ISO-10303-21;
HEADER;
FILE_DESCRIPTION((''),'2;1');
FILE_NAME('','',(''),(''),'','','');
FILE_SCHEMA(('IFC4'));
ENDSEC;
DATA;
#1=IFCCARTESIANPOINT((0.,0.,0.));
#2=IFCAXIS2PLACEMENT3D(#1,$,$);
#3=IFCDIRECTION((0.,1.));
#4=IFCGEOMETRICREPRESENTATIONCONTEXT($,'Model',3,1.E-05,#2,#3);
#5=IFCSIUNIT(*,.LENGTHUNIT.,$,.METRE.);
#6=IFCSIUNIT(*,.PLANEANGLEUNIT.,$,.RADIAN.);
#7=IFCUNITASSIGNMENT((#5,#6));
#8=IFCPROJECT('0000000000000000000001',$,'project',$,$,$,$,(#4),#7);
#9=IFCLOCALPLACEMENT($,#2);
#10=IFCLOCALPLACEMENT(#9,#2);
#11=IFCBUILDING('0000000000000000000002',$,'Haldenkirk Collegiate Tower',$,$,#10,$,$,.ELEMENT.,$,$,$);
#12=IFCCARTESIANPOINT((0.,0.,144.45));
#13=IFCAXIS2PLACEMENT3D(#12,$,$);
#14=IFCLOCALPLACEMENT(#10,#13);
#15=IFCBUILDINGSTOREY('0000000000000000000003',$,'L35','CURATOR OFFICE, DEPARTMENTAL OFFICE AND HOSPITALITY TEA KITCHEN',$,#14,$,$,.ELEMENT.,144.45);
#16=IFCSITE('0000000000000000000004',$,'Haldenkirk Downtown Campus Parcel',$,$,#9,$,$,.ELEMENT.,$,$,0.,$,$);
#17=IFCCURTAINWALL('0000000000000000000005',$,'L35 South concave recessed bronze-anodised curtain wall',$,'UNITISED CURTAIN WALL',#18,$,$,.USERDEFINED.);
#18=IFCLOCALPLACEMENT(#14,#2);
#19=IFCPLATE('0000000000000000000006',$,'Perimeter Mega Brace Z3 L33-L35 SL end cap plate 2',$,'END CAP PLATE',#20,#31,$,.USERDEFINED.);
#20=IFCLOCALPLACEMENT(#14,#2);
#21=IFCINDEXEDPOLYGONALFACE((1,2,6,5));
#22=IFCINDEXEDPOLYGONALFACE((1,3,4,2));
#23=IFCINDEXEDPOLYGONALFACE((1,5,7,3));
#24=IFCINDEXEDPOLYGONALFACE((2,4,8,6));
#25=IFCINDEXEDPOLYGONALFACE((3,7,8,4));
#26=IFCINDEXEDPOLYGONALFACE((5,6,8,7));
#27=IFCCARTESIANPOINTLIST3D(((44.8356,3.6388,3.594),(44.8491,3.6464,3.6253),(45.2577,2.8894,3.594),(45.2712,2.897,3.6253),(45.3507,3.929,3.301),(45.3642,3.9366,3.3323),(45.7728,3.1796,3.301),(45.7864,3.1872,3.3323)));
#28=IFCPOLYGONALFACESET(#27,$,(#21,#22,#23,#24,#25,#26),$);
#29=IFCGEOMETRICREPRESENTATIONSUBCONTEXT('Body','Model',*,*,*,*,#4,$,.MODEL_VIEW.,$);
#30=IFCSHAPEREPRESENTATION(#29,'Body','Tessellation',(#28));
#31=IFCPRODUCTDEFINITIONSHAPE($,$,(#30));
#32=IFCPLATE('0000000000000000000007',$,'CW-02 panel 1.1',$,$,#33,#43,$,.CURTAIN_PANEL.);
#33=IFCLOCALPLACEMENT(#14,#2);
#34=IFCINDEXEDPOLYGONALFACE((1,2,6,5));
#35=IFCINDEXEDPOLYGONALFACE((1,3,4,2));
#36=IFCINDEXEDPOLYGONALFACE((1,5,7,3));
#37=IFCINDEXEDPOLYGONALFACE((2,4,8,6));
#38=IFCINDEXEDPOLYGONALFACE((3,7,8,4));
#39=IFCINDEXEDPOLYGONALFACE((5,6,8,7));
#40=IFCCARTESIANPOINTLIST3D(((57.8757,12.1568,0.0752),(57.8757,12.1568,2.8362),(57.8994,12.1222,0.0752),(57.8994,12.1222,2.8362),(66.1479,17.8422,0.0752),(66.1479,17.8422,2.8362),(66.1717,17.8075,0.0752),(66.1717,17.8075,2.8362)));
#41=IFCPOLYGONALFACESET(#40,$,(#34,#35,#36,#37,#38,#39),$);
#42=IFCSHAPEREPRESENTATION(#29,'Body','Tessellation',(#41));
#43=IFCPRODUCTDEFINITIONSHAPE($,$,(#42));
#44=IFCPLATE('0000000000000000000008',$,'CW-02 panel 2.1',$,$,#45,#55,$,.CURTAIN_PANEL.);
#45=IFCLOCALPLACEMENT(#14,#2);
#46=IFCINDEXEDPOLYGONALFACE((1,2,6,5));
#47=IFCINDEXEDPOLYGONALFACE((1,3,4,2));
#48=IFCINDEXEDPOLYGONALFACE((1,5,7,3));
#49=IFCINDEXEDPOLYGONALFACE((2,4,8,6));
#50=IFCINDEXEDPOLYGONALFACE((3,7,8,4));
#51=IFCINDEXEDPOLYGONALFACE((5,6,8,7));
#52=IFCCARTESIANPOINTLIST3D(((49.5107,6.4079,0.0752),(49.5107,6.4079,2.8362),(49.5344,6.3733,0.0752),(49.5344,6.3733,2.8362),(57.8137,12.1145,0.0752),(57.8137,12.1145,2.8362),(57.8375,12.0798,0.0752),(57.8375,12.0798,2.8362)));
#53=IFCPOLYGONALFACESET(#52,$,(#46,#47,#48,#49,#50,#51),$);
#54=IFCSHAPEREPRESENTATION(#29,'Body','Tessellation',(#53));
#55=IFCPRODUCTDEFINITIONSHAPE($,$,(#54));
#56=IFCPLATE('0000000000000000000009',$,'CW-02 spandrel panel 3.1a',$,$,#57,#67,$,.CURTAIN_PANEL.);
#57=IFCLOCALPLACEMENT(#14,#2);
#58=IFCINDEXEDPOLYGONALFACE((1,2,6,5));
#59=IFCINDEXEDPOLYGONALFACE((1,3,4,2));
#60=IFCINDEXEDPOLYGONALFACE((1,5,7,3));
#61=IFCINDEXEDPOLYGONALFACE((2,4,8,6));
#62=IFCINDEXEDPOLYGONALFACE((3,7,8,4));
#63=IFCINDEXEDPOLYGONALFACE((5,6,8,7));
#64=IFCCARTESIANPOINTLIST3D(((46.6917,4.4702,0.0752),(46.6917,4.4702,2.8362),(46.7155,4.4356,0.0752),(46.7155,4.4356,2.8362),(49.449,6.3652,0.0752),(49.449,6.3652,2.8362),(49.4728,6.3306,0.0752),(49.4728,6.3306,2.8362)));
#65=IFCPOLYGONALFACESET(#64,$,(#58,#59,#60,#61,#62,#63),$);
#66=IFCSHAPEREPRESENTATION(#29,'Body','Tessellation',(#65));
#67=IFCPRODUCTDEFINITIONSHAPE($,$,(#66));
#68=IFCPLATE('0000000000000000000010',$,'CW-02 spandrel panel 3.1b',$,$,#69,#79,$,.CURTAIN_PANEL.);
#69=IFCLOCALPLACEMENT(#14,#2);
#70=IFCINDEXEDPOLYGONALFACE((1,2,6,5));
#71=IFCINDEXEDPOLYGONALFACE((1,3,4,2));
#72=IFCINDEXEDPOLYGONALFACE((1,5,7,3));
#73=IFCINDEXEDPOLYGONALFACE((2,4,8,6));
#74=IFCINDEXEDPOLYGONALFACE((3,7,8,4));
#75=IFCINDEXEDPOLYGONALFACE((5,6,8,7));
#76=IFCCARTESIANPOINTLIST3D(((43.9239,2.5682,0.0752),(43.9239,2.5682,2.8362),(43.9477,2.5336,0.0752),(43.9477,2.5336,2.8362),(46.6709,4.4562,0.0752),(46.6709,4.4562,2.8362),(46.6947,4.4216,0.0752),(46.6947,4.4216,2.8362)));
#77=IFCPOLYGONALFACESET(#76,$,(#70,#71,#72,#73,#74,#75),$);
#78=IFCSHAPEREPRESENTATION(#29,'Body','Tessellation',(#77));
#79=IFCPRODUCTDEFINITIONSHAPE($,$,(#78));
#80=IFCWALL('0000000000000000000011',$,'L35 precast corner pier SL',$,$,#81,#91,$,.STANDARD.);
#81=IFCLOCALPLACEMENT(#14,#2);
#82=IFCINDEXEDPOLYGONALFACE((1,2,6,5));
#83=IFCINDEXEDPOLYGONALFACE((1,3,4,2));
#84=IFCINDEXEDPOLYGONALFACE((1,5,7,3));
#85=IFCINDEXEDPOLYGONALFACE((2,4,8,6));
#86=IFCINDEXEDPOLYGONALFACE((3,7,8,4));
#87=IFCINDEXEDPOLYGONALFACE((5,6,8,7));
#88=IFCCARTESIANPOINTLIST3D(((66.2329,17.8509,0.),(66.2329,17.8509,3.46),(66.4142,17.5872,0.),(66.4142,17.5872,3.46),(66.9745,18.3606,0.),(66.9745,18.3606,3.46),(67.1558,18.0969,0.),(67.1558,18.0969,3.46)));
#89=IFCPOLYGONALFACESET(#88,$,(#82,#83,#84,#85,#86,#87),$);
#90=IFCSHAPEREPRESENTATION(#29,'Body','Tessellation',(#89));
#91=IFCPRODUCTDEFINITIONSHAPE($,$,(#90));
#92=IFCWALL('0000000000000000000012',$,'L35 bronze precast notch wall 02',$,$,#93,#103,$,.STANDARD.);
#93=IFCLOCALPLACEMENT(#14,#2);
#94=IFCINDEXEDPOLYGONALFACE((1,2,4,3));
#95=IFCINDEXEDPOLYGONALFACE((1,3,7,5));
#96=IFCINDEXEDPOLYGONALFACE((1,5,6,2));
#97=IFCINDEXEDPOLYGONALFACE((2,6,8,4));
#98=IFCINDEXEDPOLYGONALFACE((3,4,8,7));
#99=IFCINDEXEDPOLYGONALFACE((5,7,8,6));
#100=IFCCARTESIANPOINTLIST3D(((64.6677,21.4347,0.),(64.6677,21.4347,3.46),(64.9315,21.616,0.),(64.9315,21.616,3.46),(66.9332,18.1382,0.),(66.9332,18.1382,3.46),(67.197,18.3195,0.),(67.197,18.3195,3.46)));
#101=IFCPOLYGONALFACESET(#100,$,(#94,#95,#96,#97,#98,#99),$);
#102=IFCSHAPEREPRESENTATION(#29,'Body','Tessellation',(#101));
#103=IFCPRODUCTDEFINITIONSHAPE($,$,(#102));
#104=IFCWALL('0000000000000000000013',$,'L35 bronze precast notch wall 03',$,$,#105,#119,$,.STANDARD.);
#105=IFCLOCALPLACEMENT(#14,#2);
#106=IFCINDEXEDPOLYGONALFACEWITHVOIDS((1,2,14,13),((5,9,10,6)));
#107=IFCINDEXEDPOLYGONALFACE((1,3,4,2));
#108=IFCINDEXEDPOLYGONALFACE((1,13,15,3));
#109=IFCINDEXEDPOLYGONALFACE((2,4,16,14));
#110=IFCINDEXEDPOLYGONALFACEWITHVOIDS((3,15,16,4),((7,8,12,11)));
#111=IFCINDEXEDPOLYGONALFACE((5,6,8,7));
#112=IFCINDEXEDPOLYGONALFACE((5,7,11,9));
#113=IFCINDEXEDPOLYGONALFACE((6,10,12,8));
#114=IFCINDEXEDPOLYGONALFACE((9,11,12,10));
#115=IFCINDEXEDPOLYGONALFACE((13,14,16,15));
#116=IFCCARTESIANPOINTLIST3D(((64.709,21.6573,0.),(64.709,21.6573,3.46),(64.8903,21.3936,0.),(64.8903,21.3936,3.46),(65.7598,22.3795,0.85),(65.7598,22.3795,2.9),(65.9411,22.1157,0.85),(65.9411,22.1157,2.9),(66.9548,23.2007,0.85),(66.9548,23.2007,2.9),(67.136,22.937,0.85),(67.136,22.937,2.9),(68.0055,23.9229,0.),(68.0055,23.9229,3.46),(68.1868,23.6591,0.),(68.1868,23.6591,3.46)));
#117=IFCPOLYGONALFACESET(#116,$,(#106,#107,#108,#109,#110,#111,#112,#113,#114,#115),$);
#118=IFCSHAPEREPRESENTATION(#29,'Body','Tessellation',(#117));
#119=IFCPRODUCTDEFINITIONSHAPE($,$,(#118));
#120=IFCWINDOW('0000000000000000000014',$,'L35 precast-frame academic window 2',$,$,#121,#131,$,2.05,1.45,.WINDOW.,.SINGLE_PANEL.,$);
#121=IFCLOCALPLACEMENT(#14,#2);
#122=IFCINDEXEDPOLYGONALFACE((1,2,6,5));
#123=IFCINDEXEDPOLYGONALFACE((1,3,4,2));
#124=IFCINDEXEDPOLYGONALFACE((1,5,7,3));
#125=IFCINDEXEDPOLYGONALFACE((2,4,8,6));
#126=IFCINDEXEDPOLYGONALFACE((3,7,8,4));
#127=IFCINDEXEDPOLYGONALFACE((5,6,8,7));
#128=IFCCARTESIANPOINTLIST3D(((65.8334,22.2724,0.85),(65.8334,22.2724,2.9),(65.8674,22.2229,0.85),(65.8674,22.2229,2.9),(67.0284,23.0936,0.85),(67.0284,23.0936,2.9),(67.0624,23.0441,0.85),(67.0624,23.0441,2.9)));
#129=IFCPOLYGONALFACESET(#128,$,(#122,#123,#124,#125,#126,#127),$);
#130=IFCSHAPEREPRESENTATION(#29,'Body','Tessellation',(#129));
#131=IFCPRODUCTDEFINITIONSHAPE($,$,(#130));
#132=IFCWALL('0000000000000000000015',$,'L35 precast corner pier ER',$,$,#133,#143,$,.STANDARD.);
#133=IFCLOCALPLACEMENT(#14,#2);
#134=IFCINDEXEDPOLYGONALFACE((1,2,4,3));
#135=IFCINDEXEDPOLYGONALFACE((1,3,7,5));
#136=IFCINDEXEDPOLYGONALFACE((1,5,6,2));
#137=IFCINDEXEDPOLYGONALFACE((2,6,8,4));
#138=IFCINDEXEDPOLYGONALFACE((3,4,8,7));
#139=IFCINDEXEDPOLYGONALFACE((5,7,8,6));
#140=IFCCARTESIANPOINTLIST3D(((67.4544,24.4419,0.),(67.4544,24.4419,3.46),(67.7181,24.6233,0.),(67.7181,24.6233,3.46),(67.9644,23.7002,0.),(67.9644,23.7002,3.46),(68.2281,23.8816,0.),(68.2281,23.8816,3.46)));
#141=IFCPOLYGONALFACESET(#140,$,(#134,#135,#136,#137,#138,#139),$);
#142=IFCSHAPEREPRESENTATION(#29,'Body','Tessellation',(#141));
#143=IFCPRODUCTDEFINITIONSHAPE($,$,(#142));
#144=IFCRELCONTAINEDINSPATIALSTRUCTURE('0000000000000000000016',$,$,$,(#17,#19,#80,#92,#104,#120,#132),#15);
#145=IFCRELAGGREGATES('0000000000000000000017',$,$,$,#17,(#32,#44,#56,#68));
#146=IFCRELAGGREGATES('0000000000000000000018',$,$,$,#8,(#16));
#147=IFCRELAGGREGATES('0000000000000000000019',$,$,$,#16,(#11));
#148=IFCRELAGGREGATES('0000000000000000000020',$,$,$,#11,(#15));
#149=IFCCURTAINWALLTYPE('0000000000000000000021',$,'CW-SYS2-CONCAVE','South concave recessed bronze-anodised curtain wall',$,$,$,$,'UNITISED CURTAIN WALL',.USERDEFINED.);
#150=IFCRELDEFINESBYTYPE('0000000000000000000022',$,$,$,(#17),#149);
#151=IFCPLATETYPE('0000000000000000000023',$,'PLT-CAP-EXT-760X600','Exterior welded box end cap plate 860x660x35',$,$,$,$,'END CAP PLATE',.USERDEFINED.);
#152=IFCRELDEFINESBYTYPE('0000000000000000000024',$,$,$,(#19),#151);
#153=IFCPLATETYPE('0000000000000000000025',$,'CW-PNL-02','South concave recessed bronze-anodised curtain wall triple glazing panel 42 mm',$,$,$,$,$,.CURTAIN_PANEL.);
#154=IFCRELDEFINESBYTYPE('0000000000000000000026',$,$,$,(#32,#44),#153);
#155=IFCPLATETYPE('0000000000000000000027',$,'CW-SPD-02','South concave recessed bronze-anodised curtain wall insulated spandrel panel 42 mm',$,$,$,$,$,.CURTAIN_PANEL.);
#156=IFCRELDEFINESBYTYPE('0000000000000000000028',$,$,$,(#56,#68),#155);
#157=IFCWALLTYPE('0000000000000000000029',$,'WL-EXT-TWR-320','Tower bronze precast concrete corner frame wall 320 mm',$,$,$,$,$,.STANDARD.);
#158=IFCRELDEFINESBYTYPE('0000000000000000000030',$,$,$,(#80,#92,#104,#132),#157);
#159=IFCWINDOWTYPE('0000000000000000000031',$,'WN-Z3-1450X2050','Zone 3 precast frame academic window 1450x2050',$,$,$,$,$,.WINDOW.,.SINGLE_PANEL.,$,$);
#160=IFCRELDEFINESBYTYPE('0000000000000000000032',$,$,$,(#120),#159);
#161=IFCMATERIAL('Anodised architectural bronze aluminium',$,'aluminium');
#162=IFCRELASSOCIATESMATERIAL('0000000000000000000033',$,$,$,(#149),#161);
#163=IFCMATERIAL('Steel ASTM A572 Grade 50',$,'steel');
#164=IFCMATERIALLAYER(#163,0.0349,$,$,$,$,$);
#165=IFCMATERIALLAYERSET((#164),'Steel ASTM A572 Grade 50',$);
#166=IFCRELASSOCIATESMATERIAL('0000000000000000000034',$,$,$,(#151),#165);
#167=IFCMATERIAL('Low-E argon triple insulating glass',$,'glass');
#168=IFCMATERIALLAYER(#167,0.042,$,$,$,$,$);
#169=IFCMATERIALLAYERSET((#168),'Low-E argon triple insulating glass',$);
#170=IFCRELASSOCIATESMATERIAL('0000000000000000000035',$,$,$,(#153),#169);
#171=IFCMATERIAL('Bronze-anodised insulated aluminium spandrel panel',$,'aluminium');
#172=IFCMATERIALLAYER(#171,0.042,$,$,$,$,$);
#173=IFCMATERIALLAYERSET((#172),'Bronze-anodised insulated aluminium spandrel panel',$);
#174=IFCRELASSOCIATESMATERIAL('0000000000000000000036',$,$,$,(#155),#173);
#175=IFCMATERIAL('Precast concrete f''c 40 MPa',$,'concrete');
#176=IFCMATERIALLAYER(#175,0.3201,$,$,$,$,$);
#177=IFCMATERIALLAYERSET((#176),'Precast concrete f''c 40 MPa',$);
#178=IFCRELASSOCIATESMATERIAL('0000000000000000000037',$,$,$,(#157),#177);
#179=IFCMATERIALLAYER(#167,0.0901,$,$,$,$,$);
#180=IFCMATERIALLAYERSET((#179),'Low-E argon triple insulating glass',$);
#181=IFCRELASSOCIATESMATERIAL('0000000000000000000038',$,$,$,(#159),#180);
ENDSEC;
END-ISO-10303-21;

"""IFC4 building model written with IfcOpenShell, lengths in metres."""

from ifc_helpers import new_model, si_unit, direction, frame, frame_2d, origin, origin_2d, place, context, subcontext, project, spatial, rectangle, extrude, source, transform, mapped, material, layer, layer_set, type_object, element, fill, aggregate, save


model = new_model("IFC4")

# Units and contexts
model_context = context("Model", 3, precision=1e-05, world=origin(), true_north=direction((0.0, 1.0)))
body_context = subcontext(model_context, "Body", "Model", "MODEL_VIEW")
ifc_project = project(units=[si_unit("LENGTHUNIT", "METRE"), si_unit("PLANEANGLEUNIT", "RADIAN")], contexts=[model_context])

# Site, building, storey
site_placement = place(None, origin())
site = spatial("IfcSite", under=ifc_project, at=site_placement, Name="Haldenkirk Downtown Campus Parcel", CompositionType="ELEMENT", RefElevation=0.0)
building_placement = place(site_placement, origin())
building = spatial("IfcBuilding", under=site, at=building_placement, Name="Haldenkirk Collegiate Tower", CompositionType="ELEMENT")
storey_placement = place(building_placement, frame((0.0, 0.0, 144.45)))
storey = spatial("IfcBuildingStorey", under=building, at=storey_placement, Name="L35", Description="CURATOR OFFICE, DEPARTMENTAL OFFICE AND HOSPITALITY TEA KITCHEN", CompositionType="ELEMENT", Elevation=144.45)

# Shared definitions
ifc_material_1 = material(Name="Steel ASTM A572 Grade 50", Category="steel")

# Curtain wall
ifc_material_2 = material(Name="Anodised architectural bronze aluminium", Category="aluminium")
curtain_wall_type_1 = type_object("IfcCurtainWallType", Name="CW-SYS2-CONCAVE", Description="South concave recessed bronze-anodised curtain wall", ElementType="UNITISED CURTAIN WALL", PredefinedType="USERDEFINED", material=ifc_material_2)
curtain_wall_1_placement = place(storey_placement, origin())
curtain_wall_1 = element("IfcCurtainWall", 1, at=curtain_wall_1_placement, inside=storey, type_object=curtain_wall_type_1, Name="L35 South concave recessed bronze-anodised curtain wall", ObjectType="UNITISED CURTAIN WALL", PredefinedType="USERDEFINED")

# Plates
ifc_layer_1 = layer(ifc_material_1, 0.0349)
ifc_layer_set_1 = layer_set([ifc_layer_1], Name="Steel ASTM A572 Grade 50")
plate_type_1 = type_object("IfcPlateType", Name="PLT-CAP-EXT-760X600", Description="Exterior welded box end cap plate 860x660x35", ElementType="END CAP PLATE", PredefinedType="USERDEFINED", material=ifc_layer_set_1)
shared_shape_1 = source(origin(), body_context, "Body", "SweptSolid", [
    extrude(rectangle(XDim=0.8601, YDim=0.6599, at=origin_2d()), origin(), (0.0, 0.0, 1.0), 0.0349),
])
plate_1_placement = place(storey_placement, frame((45.3042, 3.4092, 3.4475), z_axis=(0.386889, 0.217913, 0.896008), x_axis=(-0.490753, 0.871299, 0.0)))
element("IfcPlate", 2, at=plate_1_placement, inside=storey, type_object=plate_type_1, Name="Perimeter Mega Brace Z3 L33-L35 SL end cap plate 2", ObjectType="END CAP PLATE", PredefinedType="USERDEFINED", context=body_context, shape_type="MappedRepresentation", body=[
    mapped(shared_shape_1, transform((0.0, 0.0, 0.0), x_axis=(1.0, 0.0, 0.0), y_axis=(0.0, 1.0, 0.0), z_axis=(0.0, 0.0, 1.0), scale=1.0)),
])
ifc_material_3 = material(Name="Low-E argon triple insulating glass", Category="glass")
ifc_layer_2 = layer(ifc_material_3, 0.042)
ifc_layer_set_2 = layer_set([ifc_layer_2], Name="Low-E argon triple insulating glass")
plate_type_2 = type_object("IfcPlateType", Name="CW-PNL-02", Description="South concave recessed bronze-anodised curtain wall triple glazing panel 42 mm", PredefinedType="CURTAIN_PANEL", material=ifc_layer_set_2)
shared_shape_2 = source(origin(), body_context, "Body", "SweptSolid", [
    extrude(rectangle(XDim=10.0376, YDim=0.042, at=origin_2d()), origin(), (0.0, 0.0, 1.0), 2.761),
])
plate_2_placement = place(storey_placement, frame((62.0237, 14.9822, 0.0752), z_axis=(0.0, 0.0, 1.0), x_axis=(-0.824127, -0.566405, 0.0)))
plate_2 = element("IfcPlate", 3, at=plate_2_placement, type_object=plate_type_2, Name="CW-02 panel 1.1", PredefinedType="CURTAIN_PANEL", context=body_context, shape_type="MappedRepresentation", body=[
    mapped(shared_shape_2, transform((0.0, 0.0, 0.0), x_axis=(1.0, 0.0, 0.0), y_axis=(0.0, 1.0, 0.0), z_axis=(0.0, 0.0, 1.0), scale=1.0)),
])
shared_shape_3 = source(origin(), body_context, "Body", "SweptSolid", [
    extrude(rectangle(XDim=10.075, YDim=0.042, at=origin_2d()), origin(), (0.0, 0.0, 1.0), 2.761),
])
plate_3_placement = place(storey_placement, frame((53.6741, 9.2439, 0.0752), z_axis=(0.0, 0.0, 1.0), x_axis=(-0.824127, -0.566405, 0.0)))
plate_3 = element("IfcPlate", 4, at=plate_3_placement, type_object=plate_type_2, Name="CW-02 panel 2.1", PredefinedType="CURTAIN_PANEL", context=body_context, shape_type="MappedRepresentation", body=[
    mapped(shared_shape_3, transform((0.0, 0.0, 0.0), x_axis=(1.0, 0.0, 0.0), y_axis=(0.0, 1.0, 0.0), z_axis=(0.0, 0.0, 1.0), scale=1.0)),
])
ifc_material_4 = material(Name="Bronze-anodised insulated aluminium spandrel panel", Category="aluminium")
ifc_layer_3 = layer(ifc_material_4, 0.042)
ifc_layer_set_3 = layer_set([ifc_layer_3], Name="Bronze-anodised insulated aluminium spandrel panel")
plate_type_3 = type_object("IfcPlateType", Name="CW-SPD-02", Description="South concave recessed bronze-anodised curtain wall insulated spandrel panel 42 mm", PredefinedType="CURTAIN_PANEL", material=ifc_layer_set_3)
shared_shape_4 = source(origin(), body_context, "Body", "SweptSolid", [
    extrude(rectangle(XDim=3.3457, YDim=0.042, at=origin_2d()), origin(), (0.0, 0.0, 1.0), 2.761),
])
plate_4_placement = place(storey_placement, frame((48.0823, 5.4004, 0.0752), z_axis=(0.0, 0.0, 1.0), x_axis=(-0.824127, -0.566405, 0.0)))
plate_4 = element("IfcPlate", 5, at=plate_4_placement, type_object=plate_type_3, Name="CW-02 spandrel panel 3.1a", PredefinedType="CURTAIN_PANEL", context=body_context, shape_type="MappedRepresentation", body=[
    mapped(shared_shape_4, transform((0.0, 0.0, 0.0), x_axis=(1.0, 0.0, 0.0), y_axis=(0.0, 1.0, 0.0), z_axis=(0.0, 0.0, 1.0), scale=1.0)),
])
shared_shape_5 = source(origin(), body_context, "Body", "SweptSolid", [
    extrude(rectangle(XDim=3.3333, YDim=0.042, at=origin_2d()), origin(), (0.0, 0.0, 1.0), 2.761),
])
plate_5_placement = place(storey_placement, frame((45.3093, 3.4949, 0.0752), z_axis=(0.0, 0.0, 1.0), x_axis=(-0.824127, -0.566405, 0.0)))
plate_5 = element("IfcPlate", 6, at=plate_5_placement, type_object=plate_type_3, Name="CW-02 spandrel panel 3.1b", PredefinedType="CURTAIN_PANEL", context=body_context, shape_type="MappedRepresentation", body=[
    mapped(shared_shape_5, transform((0.0, 0.0, 0.0), x_axis=(1.0, 0.0, 0.0), y_axis=(0.0, 1.0, 0.0), z_axis=(0.0, 0.0, 1.0), scale=1.0)),
])
aggregate(curtain_wall_1, [plate_2, plate_3, plate_4, plate_5])

# Walls
ifc_material_5 = material(Name="Precast concrete f'c 40 MPa", Category="concrete")
ifc_layer_4 = layer(ifc_material_5, 0.3201)
ifc_layer_set_4 = layer_set([ifc_layer_4], Name="Precast concrete f'c 40 MPa")
wall_type_1 = type_object("IfcWallType", Name="WL-EXT-TWR-320", Description="Tower bronze precast concrete corner frame wall 320 mm", PredefinedType="STANDARD", material=ifc_layer_set_4)
wall_1_placement = place(storey_placement, frame((67.0652, 18.2288, 0.0), z_axis=(0.0, 0.0, 1.0), x_axis=(-0.824121, -0.566414, 0.0)))
element("IfcWall", 7, at=wall_1_placement, inside=storey, type_object=wall_type_1, Name="L35 precast corner pier SL", PredefinedType="STANDARD", context=body_context, shape_type="SweptSolid", body=[
    extrude(rectangle(XDim=0.8999, YDim=0.3201, at=frame_2d((0.45, 0.0))), origin(), (0.0, 0.0, 1.0), 3.46),
])
wall_2_placement = place(storey_placement, frame((64.7996, 21.5254, 0.0), z_axis=(0.0, 0.0, 1.0), x_axis=(0.566392, -0.824136, 0.0)))
element("IfcWall", 8, at=wall_2_placement, inside=storey, type_object=wall_type_1, Name="L35 bronze precast notch wall 02", PredefinedType="STANDARD", context=body_context, shape_type="SweptSolid", body=[
    extrude(rectangle(XDim=4.0, YDim=0.3201, at=frame_2d((2.0, 0.0))), origin(), (0.0, 0.0, 1.0), 3.46),
])

# Wall, opening, window
wall_3_placement = place(storey_placement, frame((68.0962, 23.791, 0.0), z_axis=(0.0, 0.0, 1.0), x_axis=(-0.824136, -0.566392, 0.0)))
wall_3 = element("IfcWall", 9, at=wall_3_placement, inside=storey, type_object=wall_type_1, Name="L35 bronze precast notch wall 03", PredefinedType="STANDARD", context=body_context, shape_type="SweptSolid", body=[
    extrude(rectangle(XDim=4.0, YDim=0.3201, at=frame_2d((2.0, 0.0))), origin(), (0.0, 0.0, 1.0), 3.46),
])
opening_1_placement = place(wall_3_placement, frame((1.2749, 0.0, 0.8501)))
opening_1 = element("IfcOpeningElement", 10, at=opening_1_placement, cuts=wall_3, PredefinedType="OPENING", context=body_context, shape_type="SweptSolid", body=[
    extrude(rectangle(XDim=1.45, YDim=2.05, at=frame_2d((0.7251, 1.0249))), frame((0.0, 0.1699, 0.0), z_axis=(0.0, -1.0, 0.0), x_axis=(1.0, 0.0, 0.0)), (0.0, 0.0, 1.0), 0.3401),
])
ifc_layer_5 = layer(ifc_material_3, 0.0901)
ifc_layer_set_5 = layer_set([ifc_layer_5], Name="Low-E argon triple insulating glass")
window_type = type_object("IfcWindowType", Name="WN-Z3-1450X2050", Description="Zone 3 precast frame academic window 1450x2050", PartitioningType="SINGLE_PANEL", PredefinedType="WINDOW", material=ifc_layer_set_5)
window_placement = place(opening_1_placement, origin())
window = element("IfcWindow", 11, at=window_placement, inside=storey, type_object=window_type, Name="L35 precast-frame academic window 2", OverallHeight=2.05, OverallWidth=1.45, PartitioningType="SINGLE_PANEL", PredefinedType="WINDOW", context=body_context, shape_type="SweptSolid", body=[
    extrude(rectangle(XDim=1.45, YDim=2.05, at=frame_2d((0.7251, 1.0249))), frame((0.0, 0.03, 0.0), z_axis=(0.0, -1.0, 0.0), x_axis=(1.0, 0.0, 0.0)), (0.0, 0.0, 1.0), 0.0601),
])
fill(opening_1, window)

# Wall
wall_4_placement = place(storey_placement, frame((67.5862, 24.5327, 0.0), z_axis=(0.0, 0.0, 1.0), x_axis=(0.566598, -0.823994, 0.0)))
element("IfcWall", 12, at=wall_4_placement, inside=storey, type_object=wall_type_1, Name="L35 precast corner pier ER", PredefinedType="STANDARD", context=body_context, shape_type="SweptSolid", body=[
    extrude(rectangle(XDim=0.9001, YDim=0.3201, at=frame_2d((0.4502, 0.0))), origin(), (0.0, 0.0, 1.0), 3.46),
])

save(model, "model.ifc")
